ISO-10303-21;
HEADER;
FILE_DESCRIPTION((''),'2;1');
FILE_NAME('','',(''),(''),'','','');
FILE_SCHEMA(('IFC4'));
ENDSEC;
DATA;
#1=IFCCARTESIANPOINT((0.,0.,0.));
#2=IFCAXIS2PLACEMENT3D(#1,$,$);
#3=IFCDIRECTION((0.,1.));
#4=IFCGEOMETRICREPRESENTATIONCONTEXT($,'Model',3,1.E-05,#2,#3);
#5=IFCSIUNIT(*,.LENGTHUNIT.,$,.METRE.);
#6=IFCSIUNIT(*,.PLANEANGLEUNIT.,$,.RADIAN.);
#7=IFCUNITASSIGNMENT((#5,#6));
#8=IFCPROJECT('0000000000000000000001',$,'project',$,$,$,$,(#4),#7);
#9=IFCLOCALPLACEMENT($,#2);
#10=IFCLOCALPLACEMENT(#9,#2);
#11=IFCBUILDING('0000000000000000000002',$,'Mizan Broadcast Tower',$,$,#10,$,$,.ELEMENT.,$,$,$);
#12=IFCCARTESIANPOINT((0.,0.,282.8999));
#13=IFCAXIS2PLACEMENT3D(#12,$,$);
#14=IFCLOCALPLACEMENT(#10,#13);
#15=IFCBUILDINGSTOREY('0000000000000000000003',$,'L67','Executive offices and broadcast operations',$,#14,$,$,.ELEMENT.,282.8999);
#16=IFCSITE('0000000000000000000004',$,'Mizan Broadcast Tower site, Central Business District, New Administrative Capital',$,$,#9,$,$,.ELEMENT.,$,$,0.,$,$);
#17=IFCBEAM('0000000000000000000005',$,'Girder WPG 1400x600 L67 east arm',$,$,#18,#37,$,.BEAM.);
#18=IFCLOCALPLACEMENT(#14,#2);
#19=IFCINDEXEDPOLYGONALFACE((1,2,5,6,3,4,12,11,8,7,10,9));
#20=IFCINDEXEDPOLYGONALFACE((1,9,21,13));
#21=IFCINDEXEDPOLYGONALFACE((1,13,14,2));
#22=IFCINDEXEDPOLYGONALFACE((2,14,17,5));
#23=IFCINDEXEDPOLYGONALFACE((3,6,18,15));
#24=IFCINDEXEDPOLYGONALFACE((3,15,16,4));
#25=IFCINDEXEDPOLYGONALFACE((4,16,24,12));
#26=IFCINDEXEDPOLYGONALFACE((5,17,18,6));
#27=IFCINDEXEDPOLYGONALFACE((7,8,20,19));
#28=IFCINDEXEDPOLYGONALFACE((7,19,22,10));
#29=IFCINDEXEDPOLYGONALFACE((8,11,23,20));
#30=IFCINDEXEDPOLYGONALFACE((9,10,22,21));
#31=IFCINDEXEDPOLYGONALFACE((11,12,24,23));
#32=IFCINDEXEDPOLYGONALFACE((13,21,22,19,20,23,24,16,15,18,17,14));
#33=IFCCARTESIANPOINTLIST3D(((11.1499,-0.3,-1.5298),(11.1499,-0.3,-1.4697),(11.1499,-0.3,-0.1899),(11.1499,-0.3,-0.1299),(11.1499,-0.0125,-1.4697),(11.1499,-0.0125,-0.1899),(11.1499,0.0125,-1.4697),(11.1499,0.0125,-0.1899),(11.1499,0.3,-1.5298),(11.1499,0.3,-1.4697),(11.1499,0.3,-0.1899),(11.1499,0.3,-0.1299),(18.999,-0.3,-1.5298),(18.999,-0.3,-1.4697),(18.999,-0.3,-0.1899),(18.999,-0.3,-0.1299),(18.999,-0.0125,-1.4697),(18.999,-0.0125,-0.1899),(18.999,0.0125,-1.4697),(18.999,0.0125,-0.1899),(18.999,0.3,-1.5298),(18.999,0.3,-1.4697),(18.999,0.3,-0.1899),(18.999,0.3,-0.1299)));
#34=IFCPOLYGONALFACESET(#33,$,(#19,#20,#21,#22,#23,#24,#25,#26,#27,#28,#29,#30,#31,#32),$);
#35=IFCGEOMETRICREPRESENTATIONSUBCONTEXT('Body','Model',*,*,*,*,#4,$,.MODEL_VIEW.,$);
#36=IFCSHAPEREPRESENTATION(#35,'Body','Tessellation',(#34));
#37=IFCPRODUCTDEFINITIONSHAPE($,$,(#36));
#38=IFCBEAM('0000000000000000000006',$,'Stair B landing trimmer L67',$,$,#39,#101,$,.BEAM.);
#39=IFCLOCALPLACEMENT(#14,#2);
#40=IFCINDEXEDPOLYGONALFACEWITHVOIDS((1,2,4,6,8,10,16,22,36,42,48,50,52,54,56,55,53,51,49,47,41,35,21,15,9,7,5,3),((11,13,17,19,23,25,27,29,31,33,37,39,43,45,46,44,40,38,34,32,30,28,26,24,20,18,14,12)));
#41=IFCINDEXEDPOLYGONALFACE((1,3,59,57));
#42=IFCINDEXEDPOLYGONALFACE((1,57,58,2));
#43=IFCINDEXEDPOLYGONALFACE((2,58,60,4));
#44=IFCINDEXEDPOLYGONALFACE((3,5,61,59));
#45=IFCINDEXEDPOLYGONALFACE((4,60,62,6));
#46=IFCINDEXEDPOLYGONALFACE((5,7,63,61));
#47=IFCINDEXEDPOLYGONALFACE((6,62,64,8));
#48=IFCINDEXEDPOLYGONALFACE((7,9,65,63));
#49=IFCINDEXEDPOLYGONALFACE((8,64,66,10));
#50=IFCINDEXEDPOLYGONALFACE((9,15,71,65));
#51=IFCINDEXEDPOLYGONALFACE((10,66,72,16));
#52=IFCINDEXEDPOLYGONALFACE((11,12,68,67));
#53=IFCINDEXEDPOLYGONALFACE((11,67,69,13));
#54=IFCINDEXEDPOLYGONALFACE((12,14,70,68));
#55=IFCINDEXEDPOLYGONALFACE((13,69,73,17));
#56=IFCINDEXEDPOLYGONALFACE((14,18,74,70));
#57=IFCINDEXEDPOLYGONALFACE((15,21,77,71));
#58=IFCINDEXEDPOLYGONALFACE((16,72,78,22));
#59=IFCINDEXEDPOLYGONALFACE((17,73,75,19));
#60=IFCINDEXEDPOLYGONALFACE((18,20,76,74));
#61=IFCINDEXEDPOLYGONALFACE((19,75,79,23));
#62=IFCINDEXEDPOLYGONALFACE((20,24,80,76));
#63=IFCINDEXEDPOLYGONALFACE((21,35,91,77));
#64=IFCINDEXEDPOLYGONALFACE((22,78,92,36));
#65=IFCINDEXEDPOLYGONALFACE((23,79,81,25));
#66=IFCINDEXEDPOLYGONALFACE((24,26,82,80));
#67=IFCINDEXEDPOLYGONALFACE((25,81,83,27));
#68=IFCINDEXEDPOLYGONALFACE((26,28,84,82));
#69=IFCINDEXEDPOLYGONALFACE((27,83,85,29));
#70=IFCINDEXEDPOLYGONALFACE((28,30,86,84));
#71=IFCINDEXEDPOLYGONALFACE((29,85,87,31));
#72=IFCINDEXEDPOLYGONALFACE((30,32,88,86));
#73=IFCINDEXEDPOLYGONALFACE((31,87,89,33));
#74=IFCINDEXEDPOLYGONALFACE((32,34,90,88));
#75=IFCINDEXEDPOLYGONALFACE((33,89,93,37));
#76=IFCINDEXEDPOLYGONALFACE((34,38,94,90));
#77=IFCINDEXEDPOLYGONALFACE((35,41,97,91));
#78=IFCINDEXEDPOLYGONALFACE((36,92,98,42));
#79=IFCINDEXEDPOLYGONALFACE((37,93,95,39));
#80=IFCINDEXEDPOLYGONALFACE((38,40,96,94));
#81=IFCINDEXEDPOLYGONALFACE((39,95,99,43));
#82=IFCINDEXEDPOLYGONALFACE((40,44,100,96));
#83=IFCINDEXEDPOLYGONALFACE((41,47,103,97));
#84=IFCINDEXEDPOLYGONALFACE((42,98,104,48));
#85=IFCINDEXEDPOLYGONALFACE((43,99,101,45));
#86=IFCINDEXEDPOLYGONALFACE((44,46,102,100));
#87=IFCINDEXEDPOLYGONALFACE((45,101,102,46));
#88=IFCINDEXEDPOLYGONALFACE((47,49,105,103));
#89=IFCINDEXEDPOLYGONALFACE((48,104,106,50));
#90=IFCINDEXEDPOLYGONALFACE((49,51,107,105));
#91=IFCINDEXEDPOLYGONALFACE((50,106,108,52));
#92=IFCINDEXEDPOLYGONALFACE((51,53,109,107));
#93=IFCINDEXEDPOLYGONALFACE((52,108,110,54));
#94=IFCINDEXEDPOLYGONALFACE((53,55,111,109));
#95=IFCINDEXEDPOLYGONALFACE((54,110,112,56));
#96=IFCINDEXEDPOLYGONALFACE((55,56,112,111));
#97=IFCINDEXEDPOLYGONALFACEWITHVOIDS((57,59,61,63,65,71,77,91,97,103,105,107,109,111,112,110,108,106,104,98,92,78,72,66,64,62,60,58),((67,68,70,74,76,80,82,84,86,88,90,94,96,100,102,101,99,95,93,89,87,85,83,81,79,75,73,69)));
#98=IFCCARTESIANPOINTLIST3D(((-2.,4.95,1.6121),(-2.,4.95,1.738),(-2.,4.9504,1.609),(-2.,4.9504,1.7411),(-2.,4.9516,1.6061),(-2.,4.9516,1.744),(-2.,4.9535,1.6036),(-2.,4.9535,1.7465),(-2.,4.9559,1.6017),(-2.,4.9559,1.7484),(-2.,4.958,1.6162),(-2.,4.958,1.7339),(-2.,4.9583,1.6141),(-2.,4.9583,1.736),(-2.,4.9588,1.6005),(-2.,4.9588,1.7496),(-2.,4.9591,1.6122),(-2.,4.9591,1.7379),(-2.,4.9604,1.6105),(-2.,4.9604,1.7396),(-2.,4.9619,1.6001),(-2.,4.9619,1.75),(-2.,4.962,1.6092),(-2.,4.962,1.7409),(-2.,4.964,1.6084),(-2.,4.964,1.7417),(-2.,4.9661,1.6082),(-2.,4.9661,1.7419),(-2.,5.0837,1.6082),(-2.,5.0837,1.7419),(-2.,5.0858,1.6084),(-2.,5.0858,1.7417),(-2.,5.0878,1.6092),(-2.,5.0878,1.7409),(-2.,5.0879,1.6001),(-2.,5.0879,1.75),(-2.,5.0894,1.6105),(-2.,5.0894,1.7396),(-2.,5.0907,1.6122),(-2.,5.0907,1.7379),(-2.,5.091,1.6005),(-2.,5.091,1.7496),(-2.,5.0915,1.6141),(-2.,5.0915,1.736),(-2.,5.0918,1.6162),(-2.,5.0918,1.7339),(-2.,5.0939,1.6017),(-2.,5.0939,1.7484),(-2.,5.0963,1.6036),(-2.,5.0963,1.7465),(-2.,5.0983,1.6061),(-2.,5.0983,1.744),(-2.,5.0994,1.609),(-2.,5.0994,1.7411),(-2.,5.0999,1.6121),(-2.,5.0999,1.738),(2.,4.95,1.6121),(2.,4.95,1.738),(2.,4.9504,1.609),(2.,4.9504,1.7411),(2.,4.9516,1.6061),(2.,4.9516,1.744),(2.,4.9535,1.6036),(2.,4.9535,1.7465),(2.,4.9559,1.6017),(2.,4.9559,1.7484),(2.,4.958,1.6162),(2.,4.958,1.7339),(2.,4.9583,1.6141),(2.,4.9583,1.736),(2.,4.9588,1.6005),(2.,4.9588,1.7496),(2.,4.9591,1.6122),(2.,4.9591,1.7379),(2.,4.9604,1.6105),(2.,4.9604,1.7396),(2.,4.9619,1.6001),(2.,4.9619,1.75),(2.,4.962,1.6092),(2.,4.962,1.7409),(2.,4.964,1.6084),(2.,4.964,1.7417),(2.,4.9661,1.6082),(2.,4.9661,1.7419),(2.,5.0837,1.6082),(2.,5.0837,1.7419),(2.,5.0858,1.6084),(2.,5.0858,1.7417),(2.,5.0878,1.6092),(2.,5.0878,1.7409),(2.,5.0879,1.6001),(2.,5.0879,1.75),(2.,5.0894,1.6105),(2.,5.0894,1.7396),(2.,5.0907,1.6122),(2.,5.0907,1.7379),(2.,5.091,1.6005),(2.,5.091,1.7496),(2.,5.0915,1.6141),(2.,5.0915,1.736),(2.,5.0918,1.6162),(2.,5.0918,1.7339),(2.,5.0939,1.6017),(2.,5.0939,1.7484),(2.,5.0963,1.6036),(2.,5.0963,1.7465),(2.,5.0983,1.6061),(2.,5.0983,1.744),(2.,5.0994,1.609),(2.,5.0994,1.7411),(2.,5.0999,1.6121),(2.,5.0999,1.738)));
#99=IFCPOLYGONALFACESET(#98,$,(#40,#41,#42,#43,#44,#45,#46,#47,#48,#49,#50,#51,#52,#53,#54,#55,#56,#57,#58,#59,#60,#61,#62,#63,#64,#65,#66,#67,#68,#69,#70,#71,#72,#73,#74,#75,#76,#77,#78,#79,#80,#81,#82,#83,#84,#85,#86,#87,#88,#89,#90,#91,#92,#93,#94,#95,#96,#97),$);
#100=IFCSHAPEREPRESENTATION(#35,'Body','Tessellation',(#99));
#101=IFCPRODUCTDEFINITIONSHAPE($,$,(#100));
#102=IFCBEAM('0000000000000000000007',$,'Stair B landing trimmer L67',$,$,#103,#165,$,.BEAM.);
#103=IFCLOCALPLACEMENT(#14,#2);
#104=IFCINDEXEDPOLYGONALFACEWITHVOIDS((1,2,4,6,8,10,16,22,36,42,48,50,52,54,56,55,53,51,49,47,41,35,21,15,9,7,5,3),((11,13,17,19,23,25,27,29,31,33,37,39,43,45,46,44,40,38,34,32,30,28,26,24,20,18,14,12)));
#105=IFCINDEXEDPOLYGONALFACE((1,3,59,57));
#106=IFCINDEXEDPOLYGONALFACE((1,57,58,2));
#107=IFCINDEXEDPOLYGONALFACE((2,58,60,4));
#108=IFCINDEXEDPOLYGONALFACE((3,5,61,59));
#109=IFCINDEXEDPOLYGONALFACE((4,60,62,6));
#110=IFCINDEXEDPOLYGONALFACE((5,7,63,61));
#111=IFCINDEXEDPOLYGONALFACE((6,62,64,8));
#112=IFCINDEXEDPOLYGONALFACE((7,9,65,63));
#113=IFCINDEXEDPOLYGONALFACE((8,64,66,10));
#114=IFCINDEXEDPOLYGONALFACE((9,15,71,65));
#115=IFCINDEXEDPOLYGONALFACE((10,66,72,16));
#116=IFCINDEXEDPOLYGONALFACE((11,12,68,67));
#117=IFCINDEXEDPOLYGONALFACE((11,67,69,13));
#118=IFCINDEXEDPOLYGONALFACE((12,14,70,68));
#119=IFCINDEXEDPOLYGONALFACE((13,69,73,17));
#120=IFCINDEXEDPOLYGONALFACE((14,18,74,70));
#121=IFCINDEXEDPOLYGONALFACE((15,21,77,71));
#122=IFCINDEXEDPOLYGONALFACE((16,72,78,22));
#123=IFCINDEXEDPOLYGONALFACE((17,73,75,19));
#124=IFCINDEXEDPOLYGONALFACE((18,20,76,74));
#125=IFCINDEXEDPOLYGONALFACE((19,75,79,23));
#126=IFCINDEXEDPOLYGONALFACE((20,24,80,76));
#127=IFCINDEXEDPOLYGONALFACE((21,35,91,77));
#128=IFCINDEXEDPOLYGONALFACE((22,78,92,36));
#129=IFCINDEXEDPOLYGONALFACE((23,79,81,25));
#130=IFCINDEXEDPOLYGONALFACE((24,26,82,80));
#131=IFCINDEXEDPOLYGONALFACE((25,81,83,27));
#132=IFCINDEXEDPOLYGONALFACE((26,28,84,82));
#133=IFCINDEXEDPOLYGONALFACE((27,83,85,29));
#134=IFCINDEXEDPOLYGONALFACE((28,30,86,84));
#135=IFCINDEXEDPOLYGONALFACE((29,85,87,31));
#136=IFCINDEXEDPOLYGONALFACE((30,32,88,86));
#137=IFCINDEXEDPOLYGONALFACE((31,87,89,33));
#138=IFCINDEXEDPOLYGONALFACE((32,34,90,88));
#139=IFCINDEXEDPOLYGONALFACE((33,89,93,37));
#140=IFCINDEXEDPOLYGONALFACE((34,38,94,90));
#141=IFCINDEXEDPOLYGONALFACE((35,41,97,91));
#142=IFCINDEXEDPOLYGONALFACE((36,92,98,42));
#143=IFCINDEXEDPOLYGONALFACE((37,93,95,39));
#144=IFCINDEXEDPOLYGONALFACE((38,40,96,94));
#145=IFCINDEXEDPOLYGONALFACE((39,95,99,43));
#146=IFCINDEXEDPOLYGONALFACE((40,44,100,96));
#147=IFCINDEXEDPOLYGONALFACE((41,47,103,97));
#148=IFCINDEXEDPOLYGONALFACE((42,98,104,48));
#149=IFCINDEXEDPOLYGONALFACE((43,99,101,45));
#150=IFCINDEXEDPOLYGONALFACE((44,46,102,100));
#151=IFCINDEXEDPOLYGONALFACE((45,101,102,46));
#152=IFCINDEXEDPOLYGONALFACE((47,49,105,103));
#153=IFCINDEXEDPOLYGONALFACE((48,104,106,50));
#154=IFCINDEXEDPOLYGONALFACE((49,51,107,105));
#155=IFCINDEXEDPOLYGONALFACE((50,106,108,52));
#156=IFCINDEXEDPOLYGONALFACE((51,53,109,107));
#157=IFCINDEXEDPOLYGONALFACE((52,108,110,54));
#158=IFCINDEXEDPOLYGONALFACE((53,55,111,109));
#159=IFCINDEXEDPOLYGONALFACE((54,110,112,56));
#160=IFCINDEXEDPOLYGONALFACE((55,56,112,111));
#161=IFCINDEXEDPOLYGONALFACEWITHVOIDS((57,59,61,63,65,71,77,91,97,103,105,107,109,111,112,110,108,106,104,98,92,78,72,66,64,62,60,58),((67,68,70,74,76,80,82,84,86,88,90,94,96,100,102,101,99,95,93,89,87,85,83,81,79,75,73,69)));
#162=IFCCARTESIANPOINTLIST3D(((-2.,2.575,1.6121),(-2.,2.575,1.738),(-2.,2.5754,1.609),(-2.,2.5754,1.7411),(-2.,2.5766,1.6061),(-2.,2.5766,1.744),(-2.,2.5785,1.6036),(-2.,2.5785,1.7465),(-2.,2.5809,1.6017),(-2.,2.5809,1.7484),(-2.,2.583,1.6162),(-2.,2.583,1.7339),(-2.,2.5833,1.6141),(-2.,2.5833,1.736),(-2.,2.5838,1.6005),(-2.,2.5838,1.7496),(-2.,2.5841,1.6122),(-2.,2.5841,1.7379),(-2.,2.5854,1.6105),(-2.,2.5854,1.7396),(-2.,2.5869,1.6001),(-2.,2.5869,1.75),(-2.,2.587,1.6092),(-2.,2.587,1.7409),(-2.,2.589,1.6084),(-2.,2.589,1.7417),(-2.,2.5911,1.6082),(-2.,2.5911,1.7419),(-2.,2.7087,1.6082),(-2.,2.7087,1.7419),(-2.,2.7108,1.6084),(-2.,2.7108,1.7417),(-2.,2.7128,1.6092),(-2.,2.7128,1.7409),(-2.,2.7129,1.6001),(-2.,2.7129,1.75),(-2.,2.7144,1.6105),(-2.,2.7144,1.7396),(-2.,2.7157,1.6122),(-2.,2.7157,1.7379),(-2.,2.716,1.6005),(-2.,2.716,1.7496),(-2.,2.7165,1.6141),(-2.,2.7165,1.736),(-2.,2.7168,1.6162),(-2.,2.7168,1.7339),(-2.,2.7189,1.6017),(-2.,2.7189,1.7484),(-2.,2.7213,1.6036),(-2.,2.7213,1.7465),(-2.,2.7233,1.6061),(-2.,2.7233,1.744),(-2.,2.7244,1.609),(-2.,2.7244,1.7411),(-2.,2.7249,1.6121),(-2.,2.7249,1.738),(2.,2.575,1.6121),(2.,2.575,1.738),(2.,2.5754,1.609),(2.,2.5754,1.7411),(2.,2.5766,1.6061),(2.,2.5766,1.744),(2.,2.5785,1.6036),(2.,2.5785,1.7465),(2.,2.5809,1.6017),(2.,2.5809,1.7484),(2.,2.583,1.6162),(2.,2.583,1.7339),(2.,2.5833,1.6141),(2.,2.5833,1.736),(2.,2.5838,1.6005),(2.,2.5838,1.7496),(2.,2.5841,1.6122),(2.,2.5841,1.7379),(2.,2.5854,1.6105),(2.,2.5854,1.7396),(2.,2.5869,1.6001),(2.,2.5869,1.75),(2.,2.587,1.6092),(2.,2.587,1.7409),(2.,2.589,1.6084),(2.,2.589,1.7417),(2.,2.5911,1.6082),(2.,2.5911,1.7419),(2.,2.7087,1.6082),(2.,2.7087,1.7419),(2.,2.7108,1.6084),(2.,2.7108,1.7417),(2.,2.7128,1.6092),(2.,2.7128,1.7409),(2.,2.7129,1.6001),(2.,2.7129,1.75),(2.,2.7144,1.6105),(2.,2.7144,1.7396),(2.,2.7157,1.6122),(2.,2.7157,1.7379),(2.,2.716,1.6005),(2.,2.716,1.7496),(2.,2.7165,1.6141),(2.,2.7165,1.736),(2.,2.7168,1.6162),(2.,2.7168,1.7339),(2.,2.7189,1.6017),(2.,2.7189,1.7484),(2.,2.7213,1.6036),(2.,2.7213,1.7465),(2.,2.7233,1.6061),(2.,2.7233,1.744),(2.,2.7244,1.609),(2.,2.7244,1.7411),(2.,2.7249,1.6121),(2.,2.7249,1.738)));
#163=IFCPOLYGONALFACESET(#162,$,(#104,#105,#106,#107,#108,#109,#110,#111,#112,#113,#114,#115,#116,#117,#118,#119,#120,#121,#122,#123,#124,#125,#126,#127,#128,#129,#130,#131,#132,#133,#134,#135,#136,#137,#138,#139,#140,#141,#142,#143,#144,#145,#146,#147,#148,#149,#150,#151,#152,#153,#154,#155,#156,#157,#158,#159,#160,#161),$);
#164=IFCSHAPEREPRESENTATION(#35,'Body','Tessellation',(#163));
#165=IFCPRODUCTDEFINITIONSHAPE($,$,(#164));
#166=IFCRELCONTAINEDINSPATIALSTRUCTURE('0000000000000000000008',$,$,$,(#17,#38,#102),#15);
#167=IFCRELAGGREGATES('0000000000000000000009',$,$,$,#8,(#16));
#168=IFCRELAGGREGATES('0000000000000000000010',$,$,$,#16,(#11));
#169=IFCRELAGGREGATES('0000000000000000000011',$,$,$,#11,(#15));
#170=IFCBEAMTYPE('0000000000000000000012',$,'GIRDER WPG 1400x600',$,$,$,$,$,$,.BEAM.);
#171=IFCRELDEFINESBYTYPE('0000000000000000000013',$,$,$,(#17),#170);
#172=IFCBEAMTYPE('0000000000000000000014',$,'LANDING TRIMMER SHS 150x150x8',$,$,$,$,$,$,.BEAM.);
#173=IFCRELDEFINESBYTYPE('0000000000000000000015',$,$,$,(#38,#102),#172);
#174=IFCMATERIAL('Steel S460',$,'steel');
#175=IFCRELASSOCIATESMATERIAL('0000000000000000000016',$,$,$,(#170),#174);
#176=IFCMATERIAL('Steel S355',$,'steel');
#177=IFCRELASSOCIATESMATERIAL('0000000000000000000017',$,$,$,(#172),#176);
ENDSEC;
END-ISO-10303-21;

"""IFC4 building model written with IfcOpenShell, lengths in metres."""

from ifc_helpers import new_model, si_unit, direction, frame, origin, origin_2d, place, context, subcontext, project, spatial, hollow_rectangle, i_section, extrude, material, material_profile, profile_set, type_object, element, save


model = new_model("IFC4")

# Units and contexts
model_context = context("Model", 3, precision=1e-05, world=origin(), true_north=direction((0.0, 1.0)))
body_context = subcontext(model_context, "Body", "Model", "MODEL_VIEW")
ifc_project = project(units=[si_unit("LENGTHUNIT", "METRE"), si_unit("PLANEANGLEUNIT", "RADIAN")], contexts=[model_context])

# Site, building, storey
site_placement = place(None, origin())
site = spatial("IfcSite", under=ifc_project, at=site_placement, Name="Mizan Broadcast Tower site, Central Business District, New Administrative Capital", CompositionType="ELEMENT", RefElevation=0.0)
building_placement = place(site_placement, origin())
building = spatial("IfcBuilding", under=site, at=building_placement, Name="Mizan Broadcast Tower", CompositionType="ELEMENT")
storey_placement = place(building_placement, frame((0.0, 0.0, 282.8999)))
storey = spatial("IfcBuildingStorey", under=building, at=storey_placement, Name="L67", Description="Executive offices and broadcast operations", CompositionType="ELEMENT", Elevation=282.8999)

# Beams
ifc_material_1 = material(Name="Steel S460", Category="steel")
ifc_material_profile_1 = material_profile(ifc_material_1, i_section(OverallWidth=0.6001, OverallDepth=1.3999, WebThickness=0.0249, FlangeThickness=0.0601, at=origin_2d()), Name="WPG 1400x600")
ifc_profile_set_1 = profile_set([ifc_material_profile_1], Name="Steel S460")
beam_type_1 = type_object("IfcBeamType", Name="GIRDER WPG 1400x600", PredefinedType="BEAM", material=ifc_profile_set_1)
beam_placement = place(storey_placement, frame((11.1499, 0.0, -0.8298), z_axis=(1.0, 0.0, 0.0), x_axis=(0.0, 1.0, 0.0)))
element("IfcBeam", 1, at=beam_placement, inside=storey, type_object=beam_type_1, Name="Girder WPG 1400x600 L67 east arm", PredefinedType="BEAM", context=body_context, shape_type="SweptSolid", body=[
    extrude(i_section(OverallWidth=0.6001, OverallDepth=1.3999, WebThickness=0.0249, FlangeThickness=0.0601, at=origin_2d()), origin(), (0.0, 0.0, 1.0), 7.8491),
])
ifc_material_2 = material(Name="Steel S355", Category="steel")
ifc_material_profile_2 = material_profile(ifc_material_2, hollow_rectangle(XDim=0.1499, YDim=0.1499, WallThickness=0.0081, InnerFilletRadius=0.0081, OuterFilletRadius=0.012, at=origin_2d()), Name="SHS 150x150x8")
ifc_profile_set_2 = profile_set([ifc_material_profile_2], Name="Steel S355")
beam_type_2 = type_object("IfcBeamType", Name="LANDING TRIMMER SHS 150x150x8", PredefinedType="BEAM", material=ifc_profile_set_2)
for number, where, z_axis, x_axis, name in (
    (2, (2.0, 5.0249, 1.675), (-1.0, 0.0, 0.0), (0.0, -1.0, 0.0), "Stair B landing trimmer L67"),
    (3, (2.0, 2.6499, 1.675), (-1.0, 0.0, 0.0), (0.0, -1.0, 0.0), "Stair B landing trimmer L67"),
):
    element("IfcBeam", number, at=place(storey_placement, frame(where, z_axis=z_axis, x_axis=x_axis)), inside=storey, type_object=beam_type_2, Name=name, PredefinedType="BEAM", context=body_context, shape_type="SweptSolid", body=[
        extrude(hollow_rectangle(XDim=0.1499, YDim=0.1499, WallThickness=0.0081, InnerFilletRadius=0.0081, OuterFilletRadius=0.012, at=origin_2d()), origin(), (0.0, 0.0, 1.0), 4.0),
    ])

save(model, "model.ifc")
